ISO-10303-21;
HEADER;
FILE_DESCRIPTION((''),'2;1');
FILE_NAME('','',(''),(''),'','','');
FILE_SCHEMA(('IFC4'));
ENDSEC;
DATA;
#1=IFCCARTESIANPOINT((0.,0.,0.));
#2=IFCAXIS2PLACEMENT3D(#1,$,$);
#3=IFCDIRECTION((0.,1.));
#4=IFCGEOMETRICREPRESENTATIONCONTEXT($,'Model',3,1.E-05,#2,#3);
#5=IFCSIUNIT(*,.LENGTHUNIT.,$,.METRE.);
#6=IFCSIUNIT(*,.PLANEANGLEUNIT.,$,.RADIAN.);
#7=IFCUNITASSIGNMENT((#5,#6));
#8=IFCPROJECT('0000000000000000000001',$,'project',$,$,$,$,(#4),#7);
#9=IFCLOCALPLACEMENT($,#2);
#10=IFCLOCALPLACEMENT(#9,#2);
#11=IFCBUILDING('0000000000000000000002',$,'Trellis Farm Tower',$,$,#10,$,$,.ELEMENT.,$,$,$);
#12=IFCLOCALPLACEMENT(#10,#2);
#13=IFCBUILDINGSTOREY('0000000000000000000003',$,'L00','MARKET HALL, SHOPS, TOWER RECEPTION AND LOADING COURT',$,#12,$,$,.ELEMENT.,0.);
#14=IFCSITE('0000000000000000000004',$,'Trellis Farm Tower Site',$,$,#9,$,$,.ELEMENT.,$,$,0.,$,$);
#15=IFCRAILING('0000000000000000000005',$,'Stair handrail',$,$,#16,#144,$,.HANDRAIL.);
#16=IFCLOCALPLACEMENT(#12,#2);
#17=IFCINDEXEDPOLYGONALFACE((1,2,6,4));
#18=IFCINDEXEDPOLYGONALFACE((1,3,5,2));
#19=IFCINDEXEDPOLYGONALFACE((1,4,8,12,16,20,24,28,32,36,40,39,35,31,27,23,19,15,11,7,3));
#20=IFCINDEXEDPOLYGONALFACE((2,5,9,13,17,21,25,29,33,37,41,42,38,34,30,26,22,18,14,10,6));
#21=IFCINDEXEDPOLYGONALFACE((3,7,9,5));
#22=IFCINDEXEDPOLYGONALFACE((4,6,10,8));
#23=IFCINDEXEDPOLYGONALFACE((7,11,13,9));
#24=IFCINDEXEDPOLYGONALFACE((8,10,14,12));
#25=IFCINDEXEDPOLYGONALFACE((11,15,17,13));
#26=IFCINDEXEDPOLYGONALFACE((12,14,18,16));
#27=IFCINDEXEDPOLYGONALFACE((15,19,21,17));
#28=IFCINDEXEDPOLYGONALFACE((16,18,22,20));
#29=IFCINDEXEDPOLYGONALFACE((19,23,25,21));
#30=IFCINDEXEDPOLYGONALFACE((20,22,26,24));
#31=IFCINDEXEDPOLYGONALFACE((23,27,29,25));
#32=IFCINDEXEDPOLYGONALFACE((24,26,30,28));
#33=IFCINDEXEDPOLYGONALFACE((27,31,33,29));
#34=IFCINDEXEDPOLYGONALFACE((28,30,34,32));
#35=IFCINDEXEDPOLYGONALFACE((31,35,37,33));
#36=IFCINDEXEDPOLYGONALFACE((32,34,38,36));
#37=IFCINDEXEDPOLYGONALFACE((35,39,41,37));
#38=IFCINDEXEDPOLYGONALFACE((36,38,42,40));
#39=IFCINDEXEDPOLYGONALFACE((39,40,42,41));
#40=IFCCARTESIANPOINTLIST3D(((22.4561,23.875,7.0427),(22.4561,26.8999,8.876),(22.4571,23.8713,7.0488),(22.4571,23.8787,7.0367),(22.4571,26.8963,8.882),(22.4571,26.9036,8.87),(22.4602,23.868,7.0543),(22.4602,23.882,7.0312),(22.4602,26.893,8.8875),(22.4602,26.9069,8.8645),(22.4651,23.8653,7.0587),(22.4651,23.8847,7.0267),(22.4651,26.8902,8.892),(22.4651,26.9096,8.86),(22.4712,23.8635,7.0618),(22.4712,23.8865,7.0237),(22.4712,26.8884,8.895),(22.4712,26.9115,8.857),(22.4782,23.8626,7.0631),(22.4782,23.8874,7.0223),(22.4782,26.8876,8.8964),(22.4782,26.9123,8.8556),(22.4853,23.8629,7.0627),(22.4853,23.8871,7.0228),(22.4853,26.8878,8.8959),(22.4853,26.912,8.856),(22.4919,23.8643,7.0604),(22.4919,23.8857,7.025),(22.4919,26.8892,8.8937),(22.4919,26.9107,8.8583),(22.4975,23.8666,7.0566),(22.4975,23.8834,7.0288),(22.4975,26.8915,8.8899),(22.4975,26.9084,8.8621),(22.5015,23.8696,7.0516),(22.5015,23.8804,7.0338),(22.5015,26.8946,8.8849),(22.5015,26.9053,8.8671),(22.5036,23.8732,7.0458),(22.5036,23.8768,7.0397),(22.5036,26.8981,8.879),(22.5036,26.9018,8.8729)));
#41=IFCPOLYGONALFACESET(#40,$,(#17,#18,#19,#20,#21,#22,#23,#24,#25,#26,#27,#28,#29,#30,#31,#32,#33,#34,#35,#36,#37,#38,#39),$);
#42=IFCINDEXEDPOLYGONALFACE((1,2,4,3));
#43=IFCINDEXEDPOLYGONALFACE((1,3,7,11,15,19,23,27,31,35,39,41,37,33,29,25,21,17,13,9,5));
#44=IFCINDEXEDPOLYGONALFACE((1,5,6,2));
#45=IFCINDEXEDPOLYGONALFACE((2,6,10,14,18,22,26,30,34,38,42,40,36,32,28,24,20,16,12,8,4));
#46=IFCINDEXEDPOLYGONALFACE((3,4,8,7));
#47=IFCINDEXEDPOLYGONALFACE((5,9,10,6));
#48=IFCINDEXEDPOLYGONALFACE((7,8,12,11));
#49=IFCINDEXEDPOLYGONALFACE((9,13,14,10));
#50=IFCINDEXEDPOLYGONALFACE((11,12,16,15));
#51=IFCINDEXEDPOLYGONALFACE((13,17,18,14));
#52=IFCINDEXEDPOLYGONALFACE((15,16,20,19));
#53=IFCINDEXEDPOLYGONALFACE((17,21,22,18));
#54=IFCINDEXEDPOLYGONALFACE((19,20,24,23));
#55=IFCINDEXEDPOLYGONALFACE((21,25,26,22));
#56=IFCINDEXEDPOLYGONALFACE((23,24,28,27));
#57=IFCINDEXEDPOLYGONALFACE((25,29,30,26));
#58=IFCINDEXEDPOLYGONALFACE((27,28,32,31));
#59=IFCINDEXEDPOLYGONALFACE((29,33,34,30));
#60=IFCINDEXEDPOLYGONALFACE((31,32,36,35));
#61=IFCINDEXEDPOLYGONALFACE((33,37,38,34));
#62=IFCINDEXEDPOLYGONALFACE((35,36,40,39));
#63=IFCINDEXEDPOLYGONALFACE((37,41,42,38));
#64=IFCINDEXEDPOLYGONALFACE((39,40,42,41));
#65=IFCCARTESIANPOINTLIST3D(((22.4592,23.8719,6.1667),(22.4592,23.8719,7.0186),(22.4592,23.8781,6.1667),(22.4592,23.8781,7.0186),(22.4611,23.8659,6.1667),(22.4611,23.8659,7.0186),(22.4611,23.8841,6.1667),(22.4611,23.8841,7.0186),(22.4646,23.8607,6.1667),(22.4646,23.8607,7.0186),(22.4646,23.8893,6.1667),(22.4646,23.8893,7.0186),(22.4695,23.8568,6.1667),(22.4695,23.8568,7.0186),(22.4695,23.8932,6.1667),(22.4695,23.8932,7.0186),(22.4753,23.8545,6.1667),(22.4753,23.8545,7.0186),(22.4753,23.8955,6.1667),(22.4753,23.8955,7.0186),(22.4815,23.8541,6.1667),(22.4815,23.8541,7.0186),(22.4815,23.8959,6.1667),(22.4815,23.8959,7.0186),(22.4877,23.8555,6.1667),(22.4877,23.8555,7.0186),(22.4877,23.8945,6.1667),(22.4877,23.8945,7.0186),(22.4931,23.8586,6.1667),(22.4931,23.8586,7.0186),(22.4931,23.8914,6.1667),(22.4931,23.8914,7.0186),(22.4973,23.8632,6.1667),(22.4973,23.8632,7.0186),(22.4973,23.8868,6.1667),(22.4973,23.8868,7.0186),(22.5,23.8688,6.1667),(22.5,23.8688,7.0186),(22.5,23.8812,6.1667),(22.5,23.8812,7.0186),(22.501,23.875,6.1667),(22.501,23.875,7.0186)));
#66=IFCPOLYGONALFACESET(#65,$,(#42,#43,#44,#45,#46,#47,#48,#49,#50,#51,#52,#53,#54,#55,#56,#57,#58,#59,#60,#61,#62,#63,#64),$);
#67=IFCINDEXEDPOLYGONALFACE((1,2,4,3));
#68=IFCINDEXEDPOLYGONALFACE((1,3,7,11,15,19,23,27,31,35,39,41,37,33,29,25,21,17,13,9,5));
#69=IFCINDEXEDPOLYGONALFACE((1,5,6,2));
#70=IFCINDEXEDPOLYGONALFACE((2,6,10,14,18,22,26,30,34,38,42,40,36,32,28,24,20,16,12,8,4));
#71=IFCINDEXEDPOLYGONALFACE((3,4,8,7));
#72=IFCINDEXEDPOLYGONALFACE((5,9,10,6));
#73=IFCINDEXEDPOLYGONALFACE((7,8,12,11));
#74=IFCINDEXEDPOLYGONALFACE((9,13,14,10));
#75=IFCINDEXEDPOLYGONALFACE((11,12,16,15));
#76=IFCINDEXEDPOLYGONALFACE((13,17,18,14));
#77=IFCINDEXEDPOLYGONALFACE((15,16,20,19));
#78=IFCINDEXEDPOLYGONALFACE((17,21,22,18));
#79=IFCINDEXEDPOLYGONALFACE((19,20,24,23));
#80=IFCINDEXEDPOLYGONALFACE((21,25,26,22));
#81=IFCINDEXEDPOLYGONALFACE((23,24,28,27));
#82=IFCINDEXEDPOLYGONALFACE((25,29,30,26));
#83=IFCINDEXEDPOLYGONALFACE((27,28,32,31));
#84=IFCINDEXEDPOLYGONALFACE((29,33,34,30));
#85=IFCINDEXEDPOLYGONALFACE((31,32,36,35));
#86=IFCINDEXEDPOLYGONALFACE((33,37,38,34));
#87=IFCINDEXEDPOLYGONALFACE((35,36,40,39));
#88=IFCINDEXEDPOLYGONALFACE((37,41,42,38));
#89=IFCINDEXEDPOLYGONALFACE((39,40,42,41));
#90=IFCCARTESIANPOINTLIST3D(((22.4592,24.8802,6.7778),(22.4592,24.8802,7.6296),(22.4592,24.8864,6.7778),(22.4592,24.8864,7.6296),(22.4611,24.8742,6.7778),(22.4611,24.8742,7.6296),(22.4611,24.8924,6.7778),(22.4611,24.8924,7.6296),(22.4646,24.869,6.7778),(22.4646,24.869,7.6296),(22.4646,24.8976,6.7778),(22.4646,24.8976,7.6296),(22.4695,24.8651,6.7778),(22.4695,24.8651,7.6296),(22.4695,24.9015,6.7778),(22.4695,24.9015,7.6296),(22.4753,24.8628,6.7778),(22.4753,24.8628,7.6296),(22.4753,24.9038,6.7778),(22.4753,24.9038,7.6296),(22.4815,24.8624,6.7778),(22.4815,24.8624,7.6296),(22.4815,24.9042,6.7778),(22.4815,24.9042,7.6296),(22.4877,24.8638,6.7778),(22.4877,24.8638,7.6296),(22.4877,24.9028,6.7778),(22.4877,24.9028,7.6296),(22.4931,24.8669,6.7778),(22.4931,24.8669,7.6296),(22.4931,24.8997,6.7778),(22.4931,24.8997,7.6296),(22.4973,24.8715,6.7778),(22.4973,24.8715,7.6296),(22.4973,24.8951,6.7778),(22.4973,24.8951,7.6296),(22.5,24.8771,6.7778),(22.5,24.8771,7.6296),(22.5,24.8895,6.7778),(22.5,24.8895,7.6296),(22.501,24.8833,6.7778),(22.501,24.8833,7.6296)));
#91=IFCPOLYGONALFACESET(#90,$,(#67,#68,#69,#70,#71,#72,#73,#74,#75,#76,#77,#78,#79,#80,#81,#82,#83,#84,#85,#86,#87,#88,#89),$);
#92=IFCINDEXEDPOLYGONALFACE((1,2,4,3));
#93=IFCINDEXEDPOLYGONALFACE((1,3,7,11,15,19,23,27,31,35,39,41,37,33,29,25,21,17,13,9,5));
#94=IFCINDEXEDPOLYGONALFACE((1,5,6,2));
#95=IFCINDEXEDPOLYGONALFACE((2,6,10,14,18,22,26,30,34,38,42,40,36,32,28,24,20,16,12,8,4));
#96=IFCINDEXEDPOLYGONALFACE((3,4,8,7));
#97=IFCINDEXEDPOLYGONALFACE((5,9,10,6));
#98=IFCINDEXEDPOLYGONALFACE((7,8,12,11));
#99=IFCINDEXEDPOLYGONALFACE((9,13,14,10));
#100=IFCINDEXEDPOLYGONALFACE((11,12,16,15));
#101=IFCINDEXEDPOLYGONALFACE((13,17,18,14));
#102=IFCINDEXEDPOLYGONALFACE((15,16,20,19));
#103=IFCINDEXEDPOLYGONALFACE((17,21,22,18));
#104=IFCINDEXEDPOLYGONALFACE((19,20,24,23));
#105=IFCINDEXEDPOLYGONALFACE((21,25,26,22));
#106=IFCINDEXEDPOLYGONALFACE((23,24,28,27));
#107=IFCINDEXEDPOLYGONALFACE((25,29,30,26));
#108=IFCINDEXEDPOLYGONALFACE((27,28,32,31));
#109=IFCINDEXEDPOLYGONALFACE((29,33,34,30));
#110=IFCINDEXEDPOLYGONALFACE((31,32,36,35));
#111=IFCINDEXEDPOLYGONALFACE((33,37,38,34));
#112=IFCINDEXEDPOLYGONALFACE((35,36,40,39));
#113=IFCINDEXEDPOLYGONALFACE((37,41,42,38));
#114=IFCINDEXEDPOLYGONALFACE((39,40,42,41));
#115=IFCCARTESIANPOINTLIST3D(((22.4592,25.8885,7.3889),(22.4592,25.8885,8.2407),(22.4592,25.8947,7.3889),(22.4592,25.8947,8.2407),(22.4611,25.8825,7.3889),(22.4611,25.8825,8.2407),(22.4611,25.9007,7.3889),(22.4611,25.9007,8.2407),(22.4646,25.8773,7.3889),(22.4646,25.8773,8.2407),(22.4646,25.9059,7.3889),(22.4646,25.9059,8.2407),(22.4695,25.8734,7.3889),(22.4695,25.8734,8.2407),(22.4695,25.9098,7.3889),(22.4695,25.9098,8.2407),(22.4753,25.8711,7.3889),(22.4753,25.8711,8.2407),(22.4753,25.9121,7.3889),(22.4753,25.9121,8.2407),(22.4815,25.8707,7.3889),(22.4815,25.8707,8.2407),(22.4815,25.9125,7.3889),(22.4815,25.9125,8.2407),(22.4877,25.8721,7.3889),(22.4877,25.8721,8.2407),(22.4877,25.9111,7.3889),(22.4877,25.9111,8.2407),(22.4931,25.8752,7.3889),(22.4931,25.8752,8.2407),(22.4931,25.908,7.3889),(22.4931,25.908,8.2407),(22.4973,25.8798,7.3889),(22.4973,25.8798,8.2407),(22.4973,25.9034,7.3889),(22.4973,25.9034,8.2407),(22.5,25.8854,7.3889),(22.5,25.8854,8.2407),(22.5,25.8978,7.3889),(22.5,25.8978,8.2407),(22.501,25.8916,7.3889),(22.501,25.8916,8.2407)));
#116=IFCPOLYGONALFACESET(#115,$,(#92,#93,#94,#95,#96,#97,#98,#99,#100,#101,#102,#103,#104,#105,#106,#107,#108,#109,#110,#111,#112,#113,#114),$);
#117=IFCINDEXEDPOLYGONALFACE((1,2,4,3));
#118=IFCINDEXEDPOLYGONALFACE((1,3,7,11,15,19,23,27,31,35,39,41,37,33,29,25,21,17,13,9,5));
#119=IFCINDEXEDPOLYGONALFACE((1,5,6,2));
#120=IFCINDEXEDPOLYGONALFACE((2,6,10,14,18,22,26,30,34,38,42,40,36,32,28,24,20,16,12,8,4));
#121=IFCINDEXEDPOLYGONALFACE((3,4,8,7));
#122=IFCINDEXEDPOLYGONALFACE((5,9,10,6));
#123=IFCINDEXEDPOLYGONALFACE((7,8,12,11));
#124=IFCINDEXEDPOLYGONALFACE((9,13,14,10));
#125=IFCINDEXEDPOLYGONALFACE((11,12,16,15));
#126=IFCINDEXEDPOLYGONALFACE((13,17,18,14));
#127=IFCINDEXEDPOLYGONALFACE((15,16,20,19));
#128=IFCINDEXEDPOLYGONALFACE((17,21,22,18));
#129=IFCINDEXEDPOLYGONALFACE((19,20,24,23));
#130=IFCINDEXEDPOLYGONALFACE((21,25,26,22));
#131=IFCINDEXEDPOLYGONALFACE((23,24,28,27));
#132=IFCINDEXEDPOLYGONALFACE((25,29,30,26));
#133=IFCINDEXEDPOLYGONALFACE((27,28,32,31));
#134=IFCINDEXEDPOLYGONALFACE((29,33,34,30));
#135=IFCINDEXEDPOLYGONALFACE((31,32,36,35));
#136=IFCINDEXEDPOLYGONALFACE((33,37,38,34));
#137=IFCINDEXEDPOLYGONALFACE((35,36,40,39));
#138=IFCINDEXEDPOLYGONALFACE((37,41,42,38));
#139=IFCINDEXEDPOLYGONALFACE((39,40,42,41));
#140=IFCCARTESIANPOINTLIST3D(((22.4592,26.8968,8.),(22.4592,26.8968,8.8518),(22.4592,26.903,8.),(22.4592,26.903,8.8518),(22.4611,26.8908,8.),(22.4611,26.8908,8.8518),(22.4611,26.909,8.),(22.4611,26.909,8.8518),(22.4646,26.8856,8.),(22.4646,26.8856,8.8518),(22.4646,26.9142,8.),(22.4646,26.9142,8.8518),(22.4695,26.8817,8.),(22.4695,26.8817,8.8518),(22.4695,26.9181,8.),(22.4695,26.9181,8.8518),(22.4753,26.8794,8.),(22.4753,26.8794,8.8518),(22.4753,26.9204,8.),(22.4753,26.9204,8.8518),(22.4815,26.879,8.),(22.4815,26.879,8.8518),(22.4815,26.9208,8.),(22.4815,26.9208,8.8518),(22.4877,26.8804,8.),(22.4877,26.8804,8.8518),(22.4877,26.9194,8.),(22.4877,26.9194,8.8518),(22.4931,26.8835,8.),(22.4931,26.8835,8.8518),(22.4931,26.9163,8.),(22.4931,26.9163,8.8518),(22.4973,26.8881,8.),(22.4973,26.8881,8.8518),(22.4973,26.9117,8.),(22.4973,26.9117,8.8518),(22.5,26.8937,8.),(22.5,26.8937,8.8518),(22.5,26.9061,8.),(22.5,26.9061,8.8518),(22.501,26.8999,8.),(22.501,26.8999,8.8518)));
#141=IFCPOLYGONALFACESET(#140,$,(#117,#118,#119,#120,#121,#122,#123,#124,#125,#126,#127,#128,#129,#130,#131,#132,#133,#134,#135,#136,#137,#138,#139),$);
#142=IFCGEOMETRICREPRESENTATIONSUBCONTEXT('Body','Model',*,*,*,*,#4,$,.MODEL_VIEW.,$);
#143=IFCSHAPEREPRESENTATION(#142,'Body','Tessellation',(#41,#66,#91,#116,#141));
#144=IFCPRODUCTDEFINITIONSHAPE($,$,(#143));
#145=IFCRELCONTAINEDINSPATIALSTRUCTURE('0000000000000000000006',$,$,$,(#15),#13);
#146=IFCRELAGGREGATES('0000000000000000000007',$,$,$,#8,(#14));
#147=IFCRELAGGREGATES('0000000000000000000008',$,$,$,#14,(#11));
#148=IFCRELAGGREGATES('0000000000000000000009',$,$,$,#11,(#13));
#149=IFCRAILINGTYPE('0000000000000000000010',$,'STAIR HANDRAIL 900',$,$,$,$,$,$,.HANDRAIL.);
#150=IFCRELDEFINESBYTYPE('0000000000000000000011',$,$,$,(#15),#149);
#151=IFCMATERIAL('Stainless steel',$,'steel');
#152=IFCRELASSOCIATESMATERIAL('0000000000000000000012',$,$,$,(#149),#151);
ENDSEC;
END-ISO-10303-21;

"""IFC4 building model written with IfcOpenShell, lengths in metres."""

from ifc_helpers import new_model, si_unit, direction, frame, origin, origin_2d, place, context, subcontext, project, spatial, circle, extrude, source, transform, mapped, material, type_object, element, save


model = new_model("IFC4")

# Units and contexts
model_context = context("Model", 3, precision=1e-05, world=origin(), true_north=direction((0.0, 1.0)))
body_context = subcontext(model_context, "Body", "Model", "MODEL_VIEW")
ifc_project = project(units=[si_unit("LENGTHUNIT", "METRE"), si_unit("PLANEANGLEUNIT", "RADIAN")], contexts=[model_context])

# Site, building, storey
site_placement = place(None, origin())
site = spatial("IfcSite", under=ifc_project, at=site_placement, Name="Trellis Farm Tower Site", CompositionType="ELEMENT", RefElevation=0.0)
building_placement = place(site_placement, origin())
building = spatial("IfcBuilding", under=site, at=building_placement, Name="Trellis Farm Tower", CompositionType="ELEMENT")
storey_placement = place(building_placement, origin())
storey = spatial("IfcBuildingStorey", under=building, at=storey_placement, Name="L00", Description="MARKET HALL, SHOPS, TOWER RECEPTION AND LOADING COURT", CompositionType="ELEMENT", Elevation=0.0)

# Railing
ifc_material_1 = material(Name="Stainless steel", Category="steel")
railing_type = type_object("IfcRailingType", Name="STAIR HANDRAIL 900", PredefinedType="HANDRAIL", material=ifc_material_1)
shared_shape_1 = source(origin(), body_context, "Body", "SweptSolid", [
    extrude(circle(Radius=0.0239, at=origin_2d()), frame((0.0, 0.0, 0.876), z_axis=(0.0, 0.855201, 0.518297), x_axis=(-1.0, 0.0, 0.0)), (0.0, 0.0, 1.0), 3.5371),
    extrude(circle(Radius=0.021, at=origin_2d()), origin(), (0.0, 0.0, 1.0), 0.8518),
    extrude(circle(Radius=0.021, at=origin_2d()), frame((0.0, 1.0083, 0.6111)), (0.0, 0.0, 1.0), 0.8518),
    extrude(circle(Radius=0.021, at=origin_2d()), frame((0.0, 2.0166, 1.2222)), (0.0, 0.0, 1.0), 0.8518),
    extrude(circle(Radius=0.021, at=origin_2d()), frame((0.0, 3.0249, 1.8333)), (0.0, 0.0, 1.0), 0.8518),
])
for number, where, name in (
    (1, (22.48, 23.875, 6.1667), "Stair handrail"),
):
    element("IfcRailing", number, at=place(storey_placement, frame(where)), inside=storey, type_object=railing_type, Name=name, PredefinedType="HANDRAIL", context=body_context, shape_type="MappedRepresentation", body=[
        mapped(shared_shape_1, transform((0.0, 0.0, 0.0))),
    ])

save(model, "model.ifc")
